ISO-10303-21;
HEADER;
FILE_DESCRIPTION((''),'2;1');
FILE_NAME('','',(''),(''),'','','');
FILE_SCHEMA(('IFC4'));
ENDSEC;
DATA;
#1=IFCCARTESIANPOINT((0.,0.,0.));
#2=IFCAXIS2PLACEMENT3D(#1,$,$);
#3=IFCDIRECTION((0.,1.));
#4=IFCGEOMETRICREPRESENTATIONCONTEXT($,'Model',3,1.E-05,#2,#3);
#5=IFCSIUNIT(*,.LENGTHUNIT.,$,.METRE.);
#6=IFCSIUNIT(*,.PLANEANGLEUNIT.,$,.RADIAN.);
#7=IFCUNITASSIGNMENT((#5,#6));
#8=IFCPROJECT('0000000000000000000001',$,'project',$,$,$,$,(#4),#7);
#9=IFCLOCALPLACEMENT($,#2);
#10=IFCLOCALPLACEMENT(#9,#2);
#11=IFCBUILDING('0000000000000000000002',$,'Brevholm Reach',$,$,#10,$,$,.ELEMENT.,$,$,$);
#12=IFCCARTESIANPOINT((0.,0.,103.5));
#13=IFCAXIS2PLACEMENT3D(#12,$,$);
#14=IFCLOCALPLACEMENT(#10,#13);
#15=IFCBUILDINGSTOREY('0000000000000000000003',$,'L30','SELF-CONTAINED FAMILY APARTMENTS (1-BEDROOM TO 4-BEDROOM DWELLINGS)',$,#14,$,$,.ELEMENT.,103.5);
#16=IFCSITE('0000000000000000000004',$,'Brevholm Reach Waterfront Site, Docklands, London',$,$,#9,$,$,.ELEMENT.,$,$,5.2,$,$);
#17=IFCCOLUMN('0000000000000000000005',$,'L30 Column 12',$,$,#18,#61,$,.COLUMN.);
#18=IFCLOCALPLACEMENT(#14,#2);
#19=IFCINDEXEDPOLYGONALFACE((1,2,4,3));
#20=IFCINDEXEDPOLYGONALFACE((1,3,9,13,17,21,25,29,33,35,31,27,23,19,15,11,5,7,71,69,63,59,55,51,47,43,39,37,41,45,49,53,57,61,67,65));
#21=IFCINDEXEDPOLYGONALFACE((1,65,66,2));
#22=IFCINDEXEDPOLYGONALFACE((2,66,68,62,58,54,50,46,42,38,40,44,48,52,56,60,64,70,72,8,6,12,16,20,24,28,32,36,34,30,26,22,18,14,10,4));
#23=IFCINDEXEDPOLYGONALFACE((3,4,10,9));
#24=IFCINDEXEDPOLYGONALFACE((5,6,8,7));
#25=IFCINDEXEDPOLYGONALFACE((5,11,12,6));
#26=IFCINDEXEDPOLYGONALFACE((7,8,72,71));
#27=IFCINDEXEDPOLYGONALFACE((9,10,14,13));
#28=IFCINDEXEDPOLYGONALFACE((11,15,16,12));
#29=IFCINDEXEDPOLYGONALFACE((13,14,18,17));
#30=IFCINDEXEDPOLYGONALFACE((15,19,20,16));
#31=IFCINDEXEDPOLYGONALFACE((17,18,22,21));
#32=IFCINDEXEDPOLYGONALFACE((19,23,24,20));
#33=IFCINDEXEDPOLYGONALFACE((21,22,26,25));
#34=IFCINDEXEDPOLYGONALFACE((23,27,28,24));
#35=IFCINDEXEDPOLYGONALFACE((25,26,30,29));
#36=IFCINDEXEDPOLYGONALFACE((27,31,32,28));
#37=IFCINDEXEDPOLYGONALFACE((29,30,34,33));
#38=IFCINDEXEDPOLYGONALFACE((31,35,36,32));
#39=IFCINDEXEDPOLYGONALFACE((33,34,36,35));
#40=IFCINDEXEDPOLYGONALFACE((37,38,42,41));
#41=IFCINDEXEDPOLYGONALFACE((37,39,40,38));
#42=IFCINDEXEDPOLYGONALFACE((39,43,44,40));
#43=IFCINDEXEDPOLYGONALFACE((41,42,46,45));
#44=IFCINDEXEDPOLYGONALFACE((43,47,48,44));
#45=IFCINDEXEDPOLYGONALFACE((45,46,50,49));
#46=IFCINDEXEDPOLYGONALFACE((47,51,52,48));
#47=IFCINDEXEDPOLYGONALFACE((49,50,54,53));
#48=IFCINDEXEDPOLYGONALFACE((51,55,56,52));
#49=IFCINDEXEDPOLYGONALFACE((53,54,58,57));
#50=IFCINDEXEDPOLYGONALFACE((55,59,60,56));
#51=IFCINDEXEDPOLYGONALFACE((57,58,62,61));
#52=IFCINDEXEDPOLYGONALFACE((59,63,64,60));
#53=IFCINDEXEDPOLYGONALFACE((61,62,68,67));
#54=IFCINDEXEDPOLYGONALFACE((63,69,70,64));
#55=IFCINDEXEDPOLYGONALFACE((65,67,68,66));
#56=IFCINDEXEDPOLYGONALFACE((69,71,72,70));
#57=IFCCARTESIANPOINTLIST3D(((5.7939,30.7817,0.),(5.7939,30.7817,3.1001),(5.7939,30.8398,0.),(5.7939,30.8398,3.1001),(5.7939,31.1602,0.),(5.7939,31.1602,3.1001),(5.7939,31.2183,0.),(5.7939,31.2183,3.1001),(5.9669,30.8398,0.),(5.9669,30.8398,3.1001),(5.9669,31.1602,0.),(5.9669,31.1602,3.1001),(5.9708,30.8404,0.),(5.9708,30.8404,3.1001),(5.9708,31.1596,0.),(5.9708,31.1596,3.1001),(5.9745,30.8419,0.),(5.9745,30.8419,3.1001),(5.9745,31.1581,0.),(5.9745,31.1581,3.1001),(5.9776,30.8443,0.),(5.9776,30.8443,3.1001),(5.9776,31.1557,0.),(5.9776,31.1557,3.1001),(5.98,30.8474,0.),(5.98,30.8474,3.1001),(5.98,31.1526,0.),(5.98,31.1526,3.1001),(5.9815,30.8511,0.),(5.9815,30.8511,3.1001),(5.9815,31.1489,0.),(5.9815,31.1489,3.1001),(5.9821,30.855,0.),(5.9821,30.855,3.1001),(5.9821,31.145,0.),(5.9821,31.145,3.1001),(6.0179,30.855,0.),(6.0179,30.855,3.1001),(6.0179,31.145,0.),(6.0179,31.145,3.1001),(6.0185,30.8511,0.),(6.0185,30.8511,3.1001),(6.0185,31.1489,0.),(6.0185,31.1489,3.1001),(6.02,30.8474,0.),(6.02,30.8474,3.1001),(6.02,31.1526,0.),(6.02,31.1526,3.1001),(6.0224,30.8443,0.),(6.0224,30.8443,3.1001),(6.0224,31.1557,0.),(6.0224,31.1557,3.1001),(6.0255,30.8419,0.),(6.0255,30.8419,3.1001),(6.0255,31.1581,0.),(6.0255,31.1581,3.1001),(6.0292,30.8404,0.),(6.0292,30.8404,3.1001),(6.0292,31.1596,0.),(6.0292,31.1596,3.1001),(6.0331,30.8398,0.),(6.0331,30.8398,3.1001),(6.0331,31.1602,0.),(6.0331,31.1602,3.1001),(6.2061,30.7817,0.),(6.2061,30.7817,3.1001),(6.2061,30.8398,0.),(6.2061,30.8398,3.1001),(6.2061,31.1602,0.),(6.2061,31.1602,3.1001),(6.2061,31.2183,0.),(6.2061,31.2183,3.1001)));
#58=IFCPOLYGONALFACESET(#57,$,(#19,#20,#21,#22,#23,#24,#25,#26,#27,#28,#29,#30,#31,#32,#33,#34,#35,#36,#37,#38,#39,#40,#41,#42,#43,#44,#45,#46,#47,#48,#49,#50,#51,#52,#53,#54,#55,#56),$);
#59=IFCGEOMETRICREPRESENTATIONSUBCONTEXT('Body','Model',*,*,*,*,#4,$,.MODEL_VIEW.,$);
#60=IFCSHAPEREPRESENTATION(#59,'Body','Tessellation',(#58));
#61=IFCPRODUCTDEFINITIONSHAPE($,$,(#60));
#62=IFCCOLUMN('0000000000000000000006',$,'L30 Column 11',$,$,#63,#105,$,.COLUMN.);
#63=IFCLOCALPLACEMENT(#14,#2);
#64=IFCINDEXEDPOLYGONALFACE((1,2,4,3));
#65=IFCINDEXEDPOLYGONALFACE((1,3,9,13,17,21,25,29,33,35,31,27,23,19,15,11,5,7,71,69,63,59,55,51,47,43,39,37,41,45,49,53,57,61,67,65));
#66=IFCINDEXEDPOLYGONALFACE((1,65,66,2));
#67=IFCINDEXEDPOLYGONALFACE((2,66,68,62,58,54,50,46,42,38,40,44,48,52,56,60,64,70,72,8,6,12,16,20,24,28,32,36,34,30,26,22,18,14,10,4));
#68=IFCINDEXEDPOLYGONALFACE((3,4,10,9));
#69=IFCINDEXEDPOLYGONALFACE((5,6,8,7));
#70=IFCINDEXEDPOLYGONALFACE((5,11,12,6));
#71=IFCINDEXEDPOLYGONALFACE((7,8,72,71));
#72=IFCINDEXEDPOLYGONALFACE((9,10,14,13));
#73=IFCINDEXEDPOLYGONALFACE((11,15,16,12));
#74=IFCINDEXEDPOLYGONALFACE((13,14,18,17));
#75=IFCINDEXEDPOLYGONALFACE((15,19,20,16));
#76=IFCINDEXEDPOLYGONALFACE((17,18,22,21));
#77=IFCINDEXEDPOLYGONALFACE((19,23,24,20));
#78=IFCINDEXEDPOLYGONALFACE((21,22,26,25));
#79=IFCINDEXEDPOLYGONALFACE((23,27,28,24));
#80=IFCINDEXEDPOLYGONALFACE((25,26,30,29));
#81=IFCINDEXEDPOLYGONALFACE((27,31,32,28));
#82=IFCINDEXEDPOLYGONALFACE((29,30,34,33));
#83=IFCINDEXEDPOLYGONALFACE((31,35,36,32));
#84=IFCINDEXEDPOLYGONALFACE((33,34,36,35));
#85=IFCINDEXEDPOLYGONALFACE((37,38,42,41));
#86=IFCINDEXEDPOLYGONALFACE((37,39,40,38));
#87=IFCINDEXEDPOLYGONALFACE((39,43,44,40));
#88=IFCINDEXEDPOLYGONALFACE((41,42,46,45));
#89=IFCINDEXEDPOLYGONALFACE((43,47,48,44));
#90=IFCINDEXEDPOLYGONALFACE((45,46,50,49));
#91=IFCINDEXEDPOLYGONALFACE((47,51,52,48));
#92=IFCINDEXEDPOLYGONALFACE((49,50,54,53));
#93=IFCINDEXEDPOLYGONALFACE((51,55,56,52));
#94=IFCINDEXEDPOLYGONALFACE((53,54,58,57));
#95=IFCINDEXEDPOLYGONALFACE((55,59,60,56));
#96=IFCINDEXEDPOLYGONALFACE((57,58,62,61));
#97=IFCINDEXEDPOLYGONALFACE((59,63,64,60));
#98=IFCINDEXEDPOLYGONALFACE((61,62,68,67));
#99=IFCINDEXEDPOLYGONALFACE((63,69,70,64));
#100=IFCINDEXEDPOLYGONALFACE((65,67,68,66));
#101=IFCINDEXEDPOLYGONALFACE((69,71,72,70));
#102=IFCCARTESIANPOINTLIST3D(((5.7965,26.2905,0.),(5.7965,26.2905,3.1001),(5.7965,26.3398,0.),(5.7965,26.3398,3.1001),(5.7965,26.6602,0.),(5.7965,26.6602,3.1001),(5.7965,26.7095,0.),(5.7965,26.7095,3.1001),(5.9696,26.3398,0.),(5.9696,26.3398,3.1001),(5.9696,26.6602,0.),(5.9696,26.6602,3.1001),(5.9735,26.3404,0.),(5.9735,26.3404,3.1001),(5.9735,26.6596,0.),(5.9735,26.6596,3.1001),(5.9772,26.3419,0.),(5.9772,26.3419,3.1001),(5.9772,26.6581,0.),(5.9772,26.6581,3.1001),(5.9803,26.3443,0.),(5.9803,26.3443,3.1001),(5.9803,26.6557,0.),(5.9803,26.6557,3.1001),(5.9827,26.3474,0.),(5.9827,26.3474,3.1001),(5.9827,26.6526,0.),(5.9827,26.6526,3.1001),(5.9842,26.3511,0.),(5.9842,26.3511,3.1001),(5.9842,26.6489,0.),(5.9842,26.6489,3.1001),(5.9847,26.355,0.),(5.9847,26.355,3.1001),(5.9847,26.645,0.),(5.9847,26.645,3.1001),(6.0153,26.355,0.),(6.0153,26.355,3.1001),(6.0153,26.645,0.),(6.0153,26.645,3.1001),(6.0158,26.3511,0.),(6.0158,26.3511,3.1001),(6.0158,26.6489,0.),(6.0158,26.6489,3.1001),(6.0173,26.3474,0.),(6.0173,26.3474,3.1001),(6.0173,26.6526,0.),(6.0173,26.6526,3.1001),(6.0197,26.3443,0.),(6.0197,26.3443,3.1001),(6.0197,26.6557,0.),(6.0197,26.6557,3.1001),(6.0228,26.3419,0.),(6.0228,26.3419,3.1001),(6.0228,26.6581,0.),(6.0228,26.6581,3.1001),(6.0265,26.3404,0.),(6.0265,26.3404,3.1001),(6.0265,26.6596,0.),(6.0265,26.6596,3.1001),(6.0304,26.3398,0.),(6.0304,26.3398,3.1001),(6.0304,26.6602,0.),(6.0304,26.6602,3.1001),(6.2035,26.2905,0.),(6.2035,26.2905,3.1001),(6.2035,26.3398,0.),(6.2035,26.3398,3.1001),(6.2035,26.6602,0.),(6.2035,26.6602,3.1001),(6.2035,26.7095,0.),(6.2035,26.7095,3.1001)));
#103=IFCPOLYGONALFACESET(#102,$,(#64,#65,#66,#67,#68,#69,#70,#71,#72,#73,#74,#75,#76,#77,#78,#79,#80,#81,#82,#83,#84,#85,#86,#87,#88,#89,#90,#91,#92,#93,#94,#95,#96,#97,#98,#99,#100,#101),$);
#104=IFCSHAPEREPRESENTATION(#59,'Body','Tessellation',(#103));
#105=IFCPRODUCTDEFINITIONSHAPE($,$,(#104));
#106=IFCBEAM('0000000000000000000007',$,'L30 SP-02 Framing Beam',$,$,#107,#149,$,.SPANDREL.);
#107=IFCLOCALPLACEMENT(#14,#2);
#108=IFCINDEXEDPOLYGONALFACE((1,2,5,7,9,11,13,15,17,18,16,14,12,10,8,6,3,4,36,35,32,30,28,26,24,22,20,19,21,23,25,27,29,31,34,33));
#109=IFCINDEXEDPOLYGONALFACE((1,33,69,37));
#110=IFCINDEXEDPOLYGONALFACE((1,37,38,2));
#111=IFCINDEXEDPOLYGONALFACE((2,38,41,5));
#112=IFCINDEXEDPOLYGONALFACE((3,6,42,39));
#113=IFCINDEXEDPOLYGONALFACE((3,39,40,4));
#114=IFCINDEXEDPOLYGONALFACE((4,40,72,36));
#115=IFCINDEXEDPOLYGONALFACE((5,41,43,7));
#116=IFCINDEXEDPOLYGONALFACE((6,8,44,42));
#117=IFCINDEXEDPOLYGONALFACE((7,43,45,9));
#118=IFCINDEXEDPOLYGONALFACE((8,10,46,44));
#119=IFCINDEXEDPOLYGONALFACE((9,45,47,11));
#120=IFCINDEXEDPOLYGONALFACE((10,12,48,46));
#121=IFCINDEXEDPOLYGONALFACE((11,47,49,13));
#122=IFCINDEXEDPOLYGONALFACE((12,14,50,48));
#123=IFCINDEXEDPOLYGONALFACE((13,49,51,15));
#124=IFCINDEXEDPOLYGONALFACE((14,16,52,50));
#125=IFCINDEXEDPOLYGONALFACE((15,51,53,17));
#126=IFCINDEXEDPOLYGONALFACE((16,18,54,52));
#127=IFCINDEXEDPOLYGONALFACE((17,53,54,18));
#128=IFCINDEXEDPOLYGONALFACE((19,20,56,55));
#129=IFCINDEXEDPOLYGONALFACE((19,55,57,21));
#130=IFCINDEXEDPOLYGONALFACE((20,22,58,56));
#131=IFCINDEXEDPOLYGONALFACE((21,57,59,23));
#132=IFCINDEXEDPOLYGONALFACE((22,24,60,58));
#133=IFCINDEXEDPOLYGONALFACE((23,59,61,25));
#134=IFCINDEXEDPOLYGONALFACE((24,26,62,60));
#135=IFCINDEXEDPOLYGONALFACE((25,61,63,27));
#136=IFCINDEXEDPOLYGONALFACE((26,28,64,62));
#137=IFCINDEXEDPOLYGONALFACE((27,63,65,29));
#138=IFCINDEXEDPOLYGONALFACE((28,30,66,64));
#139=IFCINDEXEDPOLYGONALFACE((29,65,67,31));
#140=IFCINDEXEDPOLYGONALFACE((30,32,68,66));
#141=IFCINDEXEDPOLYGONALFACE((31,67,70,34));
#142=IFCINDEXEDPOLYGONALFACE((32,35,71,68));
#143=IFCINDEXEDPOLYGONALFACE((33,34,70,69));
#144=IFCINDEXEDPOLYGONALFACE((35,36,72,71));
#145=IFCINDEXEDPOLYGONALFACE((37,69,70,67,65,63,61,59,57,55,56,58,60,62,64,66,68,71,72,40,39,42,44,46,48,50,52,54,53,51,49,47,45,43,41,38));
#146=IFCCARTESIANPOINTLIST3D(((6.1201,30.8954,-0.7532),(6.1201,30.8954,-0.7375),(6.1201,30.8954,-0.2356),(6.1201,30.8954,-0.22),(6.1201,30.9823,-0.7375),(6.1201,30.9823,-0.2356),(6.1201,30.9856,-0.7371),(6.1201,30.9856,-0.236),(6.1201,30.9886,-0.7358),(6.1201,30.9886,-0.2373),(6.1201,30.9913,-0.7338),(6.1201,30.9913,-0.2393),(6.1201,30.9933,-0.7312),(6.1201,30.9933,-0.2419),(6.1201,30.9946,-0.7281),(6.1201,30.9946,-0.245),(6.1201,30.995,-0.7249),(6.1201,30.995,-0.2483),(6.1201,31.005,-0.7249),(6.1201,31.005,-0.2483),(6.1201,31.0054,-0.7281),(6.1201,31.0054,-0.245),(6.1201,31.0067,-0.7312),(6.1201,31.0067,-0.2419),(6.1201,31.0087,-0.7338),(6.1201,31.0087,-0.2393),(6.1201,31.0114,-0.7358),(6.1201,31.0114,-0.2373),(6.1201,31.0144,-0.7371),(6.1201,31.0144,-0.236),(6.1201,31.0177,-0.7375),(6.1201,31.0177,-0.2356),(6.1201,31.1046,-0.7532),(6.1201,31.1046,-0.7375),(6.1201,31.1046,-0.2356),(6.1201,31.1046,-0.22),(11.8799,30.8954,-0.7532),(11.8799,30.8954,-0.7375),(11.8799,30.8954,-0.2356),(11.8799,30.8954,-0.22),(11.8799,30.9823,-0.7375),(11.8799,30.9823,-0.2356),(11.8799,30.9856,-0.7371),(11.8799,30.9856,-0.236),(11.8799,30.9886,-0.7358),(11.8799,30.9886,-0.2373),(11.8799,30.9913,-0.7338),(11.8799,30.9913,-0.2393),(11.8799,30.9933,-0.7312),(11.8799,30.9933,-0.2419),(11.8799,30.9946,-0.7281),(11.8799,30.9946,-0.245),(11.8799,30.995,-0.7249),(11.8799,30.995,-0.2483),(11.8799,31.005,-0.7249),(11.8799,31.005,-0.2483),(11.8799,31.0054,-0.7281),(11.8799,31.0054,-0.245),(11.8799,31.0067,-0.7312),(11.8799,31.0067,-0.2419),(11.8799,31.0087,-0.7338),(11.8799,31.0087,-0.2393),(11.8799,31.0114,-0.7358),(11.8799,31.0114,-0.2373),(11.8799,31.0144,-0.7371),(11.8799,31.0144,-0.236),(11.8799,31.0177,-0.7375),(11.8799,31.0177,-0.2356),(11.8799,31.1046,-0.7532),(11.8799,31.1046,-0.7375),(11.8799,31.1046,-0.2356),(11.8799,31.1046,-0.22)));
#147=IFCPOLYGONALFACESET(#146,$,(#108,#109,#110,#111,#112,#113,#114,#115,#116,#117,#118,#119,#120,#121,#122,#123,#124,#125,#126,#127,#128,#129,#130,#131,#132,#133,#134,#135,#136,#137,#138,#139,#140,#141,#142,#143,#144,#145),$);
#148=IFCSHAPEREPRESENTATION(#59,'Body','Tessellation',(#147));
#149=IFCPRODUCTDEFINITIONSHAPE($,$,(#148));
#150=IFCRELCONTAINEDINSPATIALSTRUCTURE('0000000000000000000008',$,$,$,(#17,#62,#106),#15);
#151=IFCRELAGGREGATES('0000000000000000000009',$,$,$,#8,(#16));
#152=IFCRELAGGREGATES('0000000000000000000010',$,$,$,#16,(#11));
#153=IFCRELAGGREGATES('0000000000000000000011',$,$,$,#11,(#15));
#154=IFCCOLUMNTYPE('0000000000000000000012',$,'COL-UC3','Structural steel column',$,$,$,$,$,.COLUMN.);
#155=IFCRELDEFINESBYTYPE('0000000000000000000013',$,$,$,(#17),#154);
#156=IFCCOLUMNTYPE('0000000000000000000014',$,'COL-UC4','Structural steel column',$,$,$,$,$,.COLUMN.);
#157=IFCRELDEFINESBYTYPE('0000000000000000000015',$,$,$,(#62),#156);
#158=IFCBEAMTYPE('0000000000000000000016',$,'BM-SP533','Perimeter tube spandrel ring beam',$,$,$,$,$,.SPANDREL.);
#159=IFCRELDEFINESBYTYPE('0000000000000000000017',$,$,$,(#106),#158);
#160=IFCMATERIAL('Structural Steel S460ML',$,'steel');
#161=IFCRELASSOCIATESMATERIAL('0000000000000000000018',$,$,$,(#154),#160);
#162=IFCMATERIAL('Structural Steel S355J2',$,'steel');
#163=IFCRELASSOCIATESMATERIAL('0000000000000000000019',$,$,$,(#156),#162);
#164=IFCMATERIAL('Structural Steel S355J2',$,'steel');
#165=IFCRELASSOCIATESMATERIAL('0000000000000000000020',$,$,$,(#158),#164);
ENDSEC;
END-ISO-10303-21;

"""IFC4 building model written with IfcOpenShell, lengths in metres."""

from ifc_helpers import new_model, si_unit, direction, frame, origin, origin_2d, place, context, subcontext, project, spatial, i_section, extrude, material, material_profile, profile_set, type_object, element, save


model = new_model("IFC4")

# Units and contexts
model_context = context("Model", 3, precision=1e-05, world=origin(), true_north=direction((0.0, 1.0)))
body_context = subcontext(model_context, "Body", "Model", "MODEL_VIEW")
ifc_project = project(units=[si_unit("LENGTHUNIT", "METRE"), si_unit("PLANEANGLEUNIT", "RADIAN")], contexts=[model_context])

# Site, building, storey
site_placement = place(None, origin())
site = spatial("IfcSite", under=ifc_project, at=site_placement, Name="Brevholm Reach Waterfront Site, Docklands, London", CompositionType="ELEMENT", RefElevation=5.2)
building_placement = place(site_placement, origin())
building = spatial("IfcBuilding", under=site, at=building_placement, Name="Brevholm Reach", CompositionType="ELEMENT")
storey_placement = place(building_placement, frame((0.0, 0.0, 103.5)))
storey = spatial("IfcBuildingStorey", under=building, at=storey_placement, Name="L30", Description="SELF-CONTAINED FAMILY APARTMENTS (1-BEDROOM TO 4-BEDROOM DWELLINGS)", CompositionType="ELEMENT", Elevation=103.5)

# Columns
ifc_material_1 = material(Name="Structural Steel S460ML", Category="steel")
ifc_material_profile_1 = material_profile(ifc_material_1, i_section(OverallWidth=0.4121, OverallDepth=0.4365, WebThickness=0.0359, FlangeThickness=0.0581, FilletRadius=0.0151, at=origin_2d()), Name="UKC 356x406x467")
ifc_profile_set_1 = profile_set([ifc_material_profile_1], Name="Structural Steel S460ML")
column_type_1 = type_object("IfcColumnType", Name="COL-UC3", Description="Structural steel column", PredefinedType="COLUMN", material=ifc_profile_set_1)
column_1_placement = place(storey_placement, frame((6.0, 31.0, 0.0), z_axis=(0.0, 0.0, 1.0), x_axis=(1.0, 0.0, 0.0)))
element("IfcColumn", 1, at=column_1_placement, inside=storey, type_object=column_type_1, Name="L30 Column 12", PredefinedType="COLUMN", context=body_context, shape_type="SweptSolid", body=[
    extrude(i_section(OverallWidth=0.4121, OverallDepth=0.4365, WebThickness=0.0359, FlangeThickness=0.0581, FilletRadius=0.0151, at=origin_2d()), origin(), (0.0, 0.0, 1.0), 3.1001),
])
ifc_material_2 = material(Name="Structural Steel S355J2", Category="steel")
ifc_material_profile_2 = material_profile(ifc_material_2, i_section(OverallWidth=0.407, OverallDepth=0.4189, WebThickness=0.0305, FlangeThickness=0.0493, FilletRadius=0.0151, at=origin_2d()), Name="UKC 356x406x393")
ifc_profile_set_2 = profile_set([ifc_material_profile_2], Name="Structural Steel S355J2")
column_type_2 = type_object("IfcColumnType", Name="COL-UC4", Description="Structural steel column", PredefinedType="COLUMN", material=ifc_profile_set_2)
column_2_placement = place(storey_placement, frame((6.0, 26.5, 0.0), z_axis=(0.0, 0.0, 1.0), x_axis=(1.0, 0.0, 0.0)))
element("IfcColumn", 2, at=column_2_placement, inside=storey, type_object=column_type_2, Name="L30 Column 11", PredefinedType="COLUMN", context=body_context, shape_type="SweptSolid", body=[
    extrude(i_section(OverallWidth=0.407, OverallDepth=0.4189, WebThickness=0.0305, FlangeThickness=0.0493, FilletRadius=0.0151, at=origin_2d()), origin(), (0.0, 0.0, 1.0), 3.1001),
])

# Beam
ifc_material_3 = material(Name="Structural Steel S355J2", Category="steel")
ifc_material_profile_3 = material_profile(ifc_material_3, i_section(OverallWidth=0.2092, OverallDepth=0.5332, WebThickness=0.01, FlangeThickness=0.0156, FilletRadius=0.0127, at=origin_2d()), Name="UKB 533x210x92")
ifc_profile_set_3 = profile_set([ifc_material_profile_3], Name="Structural Steel S355J2")
beam_type_1 = type_object("IfcBeamType", Name="BM-SP533", Description="Perimeter tube spandrel ring beam", PredefinedType="SPANDREL", material=ifc_profile_set_3)
beam_1_placement = place(storey_placement, frame((6.1201, 31.0, -0.4866), z_axis=(1.0, 0.0, 0.0), x_axis=(0.0, 1.0, 0.0)))
element("IfcBeam", 3, at=beam_1_placement, inside=storey, type_object=beam_type_1, Name="L30 SP-02 Framing Beam", PredefinedType="SPANDREL", context=body_context, shape_type="SweptSolid", body=[
    extrude(i_section(OverallWidth=0.2092, OverallDepth=0.5332, WebThickness=0.01, FlangeThickness=0.0156, FilletRadius=0.0127, at=origin_2d()), origin(), (0.0, 0.0, 1.0), 5.7598),
])

save(model, "model.ifc")
